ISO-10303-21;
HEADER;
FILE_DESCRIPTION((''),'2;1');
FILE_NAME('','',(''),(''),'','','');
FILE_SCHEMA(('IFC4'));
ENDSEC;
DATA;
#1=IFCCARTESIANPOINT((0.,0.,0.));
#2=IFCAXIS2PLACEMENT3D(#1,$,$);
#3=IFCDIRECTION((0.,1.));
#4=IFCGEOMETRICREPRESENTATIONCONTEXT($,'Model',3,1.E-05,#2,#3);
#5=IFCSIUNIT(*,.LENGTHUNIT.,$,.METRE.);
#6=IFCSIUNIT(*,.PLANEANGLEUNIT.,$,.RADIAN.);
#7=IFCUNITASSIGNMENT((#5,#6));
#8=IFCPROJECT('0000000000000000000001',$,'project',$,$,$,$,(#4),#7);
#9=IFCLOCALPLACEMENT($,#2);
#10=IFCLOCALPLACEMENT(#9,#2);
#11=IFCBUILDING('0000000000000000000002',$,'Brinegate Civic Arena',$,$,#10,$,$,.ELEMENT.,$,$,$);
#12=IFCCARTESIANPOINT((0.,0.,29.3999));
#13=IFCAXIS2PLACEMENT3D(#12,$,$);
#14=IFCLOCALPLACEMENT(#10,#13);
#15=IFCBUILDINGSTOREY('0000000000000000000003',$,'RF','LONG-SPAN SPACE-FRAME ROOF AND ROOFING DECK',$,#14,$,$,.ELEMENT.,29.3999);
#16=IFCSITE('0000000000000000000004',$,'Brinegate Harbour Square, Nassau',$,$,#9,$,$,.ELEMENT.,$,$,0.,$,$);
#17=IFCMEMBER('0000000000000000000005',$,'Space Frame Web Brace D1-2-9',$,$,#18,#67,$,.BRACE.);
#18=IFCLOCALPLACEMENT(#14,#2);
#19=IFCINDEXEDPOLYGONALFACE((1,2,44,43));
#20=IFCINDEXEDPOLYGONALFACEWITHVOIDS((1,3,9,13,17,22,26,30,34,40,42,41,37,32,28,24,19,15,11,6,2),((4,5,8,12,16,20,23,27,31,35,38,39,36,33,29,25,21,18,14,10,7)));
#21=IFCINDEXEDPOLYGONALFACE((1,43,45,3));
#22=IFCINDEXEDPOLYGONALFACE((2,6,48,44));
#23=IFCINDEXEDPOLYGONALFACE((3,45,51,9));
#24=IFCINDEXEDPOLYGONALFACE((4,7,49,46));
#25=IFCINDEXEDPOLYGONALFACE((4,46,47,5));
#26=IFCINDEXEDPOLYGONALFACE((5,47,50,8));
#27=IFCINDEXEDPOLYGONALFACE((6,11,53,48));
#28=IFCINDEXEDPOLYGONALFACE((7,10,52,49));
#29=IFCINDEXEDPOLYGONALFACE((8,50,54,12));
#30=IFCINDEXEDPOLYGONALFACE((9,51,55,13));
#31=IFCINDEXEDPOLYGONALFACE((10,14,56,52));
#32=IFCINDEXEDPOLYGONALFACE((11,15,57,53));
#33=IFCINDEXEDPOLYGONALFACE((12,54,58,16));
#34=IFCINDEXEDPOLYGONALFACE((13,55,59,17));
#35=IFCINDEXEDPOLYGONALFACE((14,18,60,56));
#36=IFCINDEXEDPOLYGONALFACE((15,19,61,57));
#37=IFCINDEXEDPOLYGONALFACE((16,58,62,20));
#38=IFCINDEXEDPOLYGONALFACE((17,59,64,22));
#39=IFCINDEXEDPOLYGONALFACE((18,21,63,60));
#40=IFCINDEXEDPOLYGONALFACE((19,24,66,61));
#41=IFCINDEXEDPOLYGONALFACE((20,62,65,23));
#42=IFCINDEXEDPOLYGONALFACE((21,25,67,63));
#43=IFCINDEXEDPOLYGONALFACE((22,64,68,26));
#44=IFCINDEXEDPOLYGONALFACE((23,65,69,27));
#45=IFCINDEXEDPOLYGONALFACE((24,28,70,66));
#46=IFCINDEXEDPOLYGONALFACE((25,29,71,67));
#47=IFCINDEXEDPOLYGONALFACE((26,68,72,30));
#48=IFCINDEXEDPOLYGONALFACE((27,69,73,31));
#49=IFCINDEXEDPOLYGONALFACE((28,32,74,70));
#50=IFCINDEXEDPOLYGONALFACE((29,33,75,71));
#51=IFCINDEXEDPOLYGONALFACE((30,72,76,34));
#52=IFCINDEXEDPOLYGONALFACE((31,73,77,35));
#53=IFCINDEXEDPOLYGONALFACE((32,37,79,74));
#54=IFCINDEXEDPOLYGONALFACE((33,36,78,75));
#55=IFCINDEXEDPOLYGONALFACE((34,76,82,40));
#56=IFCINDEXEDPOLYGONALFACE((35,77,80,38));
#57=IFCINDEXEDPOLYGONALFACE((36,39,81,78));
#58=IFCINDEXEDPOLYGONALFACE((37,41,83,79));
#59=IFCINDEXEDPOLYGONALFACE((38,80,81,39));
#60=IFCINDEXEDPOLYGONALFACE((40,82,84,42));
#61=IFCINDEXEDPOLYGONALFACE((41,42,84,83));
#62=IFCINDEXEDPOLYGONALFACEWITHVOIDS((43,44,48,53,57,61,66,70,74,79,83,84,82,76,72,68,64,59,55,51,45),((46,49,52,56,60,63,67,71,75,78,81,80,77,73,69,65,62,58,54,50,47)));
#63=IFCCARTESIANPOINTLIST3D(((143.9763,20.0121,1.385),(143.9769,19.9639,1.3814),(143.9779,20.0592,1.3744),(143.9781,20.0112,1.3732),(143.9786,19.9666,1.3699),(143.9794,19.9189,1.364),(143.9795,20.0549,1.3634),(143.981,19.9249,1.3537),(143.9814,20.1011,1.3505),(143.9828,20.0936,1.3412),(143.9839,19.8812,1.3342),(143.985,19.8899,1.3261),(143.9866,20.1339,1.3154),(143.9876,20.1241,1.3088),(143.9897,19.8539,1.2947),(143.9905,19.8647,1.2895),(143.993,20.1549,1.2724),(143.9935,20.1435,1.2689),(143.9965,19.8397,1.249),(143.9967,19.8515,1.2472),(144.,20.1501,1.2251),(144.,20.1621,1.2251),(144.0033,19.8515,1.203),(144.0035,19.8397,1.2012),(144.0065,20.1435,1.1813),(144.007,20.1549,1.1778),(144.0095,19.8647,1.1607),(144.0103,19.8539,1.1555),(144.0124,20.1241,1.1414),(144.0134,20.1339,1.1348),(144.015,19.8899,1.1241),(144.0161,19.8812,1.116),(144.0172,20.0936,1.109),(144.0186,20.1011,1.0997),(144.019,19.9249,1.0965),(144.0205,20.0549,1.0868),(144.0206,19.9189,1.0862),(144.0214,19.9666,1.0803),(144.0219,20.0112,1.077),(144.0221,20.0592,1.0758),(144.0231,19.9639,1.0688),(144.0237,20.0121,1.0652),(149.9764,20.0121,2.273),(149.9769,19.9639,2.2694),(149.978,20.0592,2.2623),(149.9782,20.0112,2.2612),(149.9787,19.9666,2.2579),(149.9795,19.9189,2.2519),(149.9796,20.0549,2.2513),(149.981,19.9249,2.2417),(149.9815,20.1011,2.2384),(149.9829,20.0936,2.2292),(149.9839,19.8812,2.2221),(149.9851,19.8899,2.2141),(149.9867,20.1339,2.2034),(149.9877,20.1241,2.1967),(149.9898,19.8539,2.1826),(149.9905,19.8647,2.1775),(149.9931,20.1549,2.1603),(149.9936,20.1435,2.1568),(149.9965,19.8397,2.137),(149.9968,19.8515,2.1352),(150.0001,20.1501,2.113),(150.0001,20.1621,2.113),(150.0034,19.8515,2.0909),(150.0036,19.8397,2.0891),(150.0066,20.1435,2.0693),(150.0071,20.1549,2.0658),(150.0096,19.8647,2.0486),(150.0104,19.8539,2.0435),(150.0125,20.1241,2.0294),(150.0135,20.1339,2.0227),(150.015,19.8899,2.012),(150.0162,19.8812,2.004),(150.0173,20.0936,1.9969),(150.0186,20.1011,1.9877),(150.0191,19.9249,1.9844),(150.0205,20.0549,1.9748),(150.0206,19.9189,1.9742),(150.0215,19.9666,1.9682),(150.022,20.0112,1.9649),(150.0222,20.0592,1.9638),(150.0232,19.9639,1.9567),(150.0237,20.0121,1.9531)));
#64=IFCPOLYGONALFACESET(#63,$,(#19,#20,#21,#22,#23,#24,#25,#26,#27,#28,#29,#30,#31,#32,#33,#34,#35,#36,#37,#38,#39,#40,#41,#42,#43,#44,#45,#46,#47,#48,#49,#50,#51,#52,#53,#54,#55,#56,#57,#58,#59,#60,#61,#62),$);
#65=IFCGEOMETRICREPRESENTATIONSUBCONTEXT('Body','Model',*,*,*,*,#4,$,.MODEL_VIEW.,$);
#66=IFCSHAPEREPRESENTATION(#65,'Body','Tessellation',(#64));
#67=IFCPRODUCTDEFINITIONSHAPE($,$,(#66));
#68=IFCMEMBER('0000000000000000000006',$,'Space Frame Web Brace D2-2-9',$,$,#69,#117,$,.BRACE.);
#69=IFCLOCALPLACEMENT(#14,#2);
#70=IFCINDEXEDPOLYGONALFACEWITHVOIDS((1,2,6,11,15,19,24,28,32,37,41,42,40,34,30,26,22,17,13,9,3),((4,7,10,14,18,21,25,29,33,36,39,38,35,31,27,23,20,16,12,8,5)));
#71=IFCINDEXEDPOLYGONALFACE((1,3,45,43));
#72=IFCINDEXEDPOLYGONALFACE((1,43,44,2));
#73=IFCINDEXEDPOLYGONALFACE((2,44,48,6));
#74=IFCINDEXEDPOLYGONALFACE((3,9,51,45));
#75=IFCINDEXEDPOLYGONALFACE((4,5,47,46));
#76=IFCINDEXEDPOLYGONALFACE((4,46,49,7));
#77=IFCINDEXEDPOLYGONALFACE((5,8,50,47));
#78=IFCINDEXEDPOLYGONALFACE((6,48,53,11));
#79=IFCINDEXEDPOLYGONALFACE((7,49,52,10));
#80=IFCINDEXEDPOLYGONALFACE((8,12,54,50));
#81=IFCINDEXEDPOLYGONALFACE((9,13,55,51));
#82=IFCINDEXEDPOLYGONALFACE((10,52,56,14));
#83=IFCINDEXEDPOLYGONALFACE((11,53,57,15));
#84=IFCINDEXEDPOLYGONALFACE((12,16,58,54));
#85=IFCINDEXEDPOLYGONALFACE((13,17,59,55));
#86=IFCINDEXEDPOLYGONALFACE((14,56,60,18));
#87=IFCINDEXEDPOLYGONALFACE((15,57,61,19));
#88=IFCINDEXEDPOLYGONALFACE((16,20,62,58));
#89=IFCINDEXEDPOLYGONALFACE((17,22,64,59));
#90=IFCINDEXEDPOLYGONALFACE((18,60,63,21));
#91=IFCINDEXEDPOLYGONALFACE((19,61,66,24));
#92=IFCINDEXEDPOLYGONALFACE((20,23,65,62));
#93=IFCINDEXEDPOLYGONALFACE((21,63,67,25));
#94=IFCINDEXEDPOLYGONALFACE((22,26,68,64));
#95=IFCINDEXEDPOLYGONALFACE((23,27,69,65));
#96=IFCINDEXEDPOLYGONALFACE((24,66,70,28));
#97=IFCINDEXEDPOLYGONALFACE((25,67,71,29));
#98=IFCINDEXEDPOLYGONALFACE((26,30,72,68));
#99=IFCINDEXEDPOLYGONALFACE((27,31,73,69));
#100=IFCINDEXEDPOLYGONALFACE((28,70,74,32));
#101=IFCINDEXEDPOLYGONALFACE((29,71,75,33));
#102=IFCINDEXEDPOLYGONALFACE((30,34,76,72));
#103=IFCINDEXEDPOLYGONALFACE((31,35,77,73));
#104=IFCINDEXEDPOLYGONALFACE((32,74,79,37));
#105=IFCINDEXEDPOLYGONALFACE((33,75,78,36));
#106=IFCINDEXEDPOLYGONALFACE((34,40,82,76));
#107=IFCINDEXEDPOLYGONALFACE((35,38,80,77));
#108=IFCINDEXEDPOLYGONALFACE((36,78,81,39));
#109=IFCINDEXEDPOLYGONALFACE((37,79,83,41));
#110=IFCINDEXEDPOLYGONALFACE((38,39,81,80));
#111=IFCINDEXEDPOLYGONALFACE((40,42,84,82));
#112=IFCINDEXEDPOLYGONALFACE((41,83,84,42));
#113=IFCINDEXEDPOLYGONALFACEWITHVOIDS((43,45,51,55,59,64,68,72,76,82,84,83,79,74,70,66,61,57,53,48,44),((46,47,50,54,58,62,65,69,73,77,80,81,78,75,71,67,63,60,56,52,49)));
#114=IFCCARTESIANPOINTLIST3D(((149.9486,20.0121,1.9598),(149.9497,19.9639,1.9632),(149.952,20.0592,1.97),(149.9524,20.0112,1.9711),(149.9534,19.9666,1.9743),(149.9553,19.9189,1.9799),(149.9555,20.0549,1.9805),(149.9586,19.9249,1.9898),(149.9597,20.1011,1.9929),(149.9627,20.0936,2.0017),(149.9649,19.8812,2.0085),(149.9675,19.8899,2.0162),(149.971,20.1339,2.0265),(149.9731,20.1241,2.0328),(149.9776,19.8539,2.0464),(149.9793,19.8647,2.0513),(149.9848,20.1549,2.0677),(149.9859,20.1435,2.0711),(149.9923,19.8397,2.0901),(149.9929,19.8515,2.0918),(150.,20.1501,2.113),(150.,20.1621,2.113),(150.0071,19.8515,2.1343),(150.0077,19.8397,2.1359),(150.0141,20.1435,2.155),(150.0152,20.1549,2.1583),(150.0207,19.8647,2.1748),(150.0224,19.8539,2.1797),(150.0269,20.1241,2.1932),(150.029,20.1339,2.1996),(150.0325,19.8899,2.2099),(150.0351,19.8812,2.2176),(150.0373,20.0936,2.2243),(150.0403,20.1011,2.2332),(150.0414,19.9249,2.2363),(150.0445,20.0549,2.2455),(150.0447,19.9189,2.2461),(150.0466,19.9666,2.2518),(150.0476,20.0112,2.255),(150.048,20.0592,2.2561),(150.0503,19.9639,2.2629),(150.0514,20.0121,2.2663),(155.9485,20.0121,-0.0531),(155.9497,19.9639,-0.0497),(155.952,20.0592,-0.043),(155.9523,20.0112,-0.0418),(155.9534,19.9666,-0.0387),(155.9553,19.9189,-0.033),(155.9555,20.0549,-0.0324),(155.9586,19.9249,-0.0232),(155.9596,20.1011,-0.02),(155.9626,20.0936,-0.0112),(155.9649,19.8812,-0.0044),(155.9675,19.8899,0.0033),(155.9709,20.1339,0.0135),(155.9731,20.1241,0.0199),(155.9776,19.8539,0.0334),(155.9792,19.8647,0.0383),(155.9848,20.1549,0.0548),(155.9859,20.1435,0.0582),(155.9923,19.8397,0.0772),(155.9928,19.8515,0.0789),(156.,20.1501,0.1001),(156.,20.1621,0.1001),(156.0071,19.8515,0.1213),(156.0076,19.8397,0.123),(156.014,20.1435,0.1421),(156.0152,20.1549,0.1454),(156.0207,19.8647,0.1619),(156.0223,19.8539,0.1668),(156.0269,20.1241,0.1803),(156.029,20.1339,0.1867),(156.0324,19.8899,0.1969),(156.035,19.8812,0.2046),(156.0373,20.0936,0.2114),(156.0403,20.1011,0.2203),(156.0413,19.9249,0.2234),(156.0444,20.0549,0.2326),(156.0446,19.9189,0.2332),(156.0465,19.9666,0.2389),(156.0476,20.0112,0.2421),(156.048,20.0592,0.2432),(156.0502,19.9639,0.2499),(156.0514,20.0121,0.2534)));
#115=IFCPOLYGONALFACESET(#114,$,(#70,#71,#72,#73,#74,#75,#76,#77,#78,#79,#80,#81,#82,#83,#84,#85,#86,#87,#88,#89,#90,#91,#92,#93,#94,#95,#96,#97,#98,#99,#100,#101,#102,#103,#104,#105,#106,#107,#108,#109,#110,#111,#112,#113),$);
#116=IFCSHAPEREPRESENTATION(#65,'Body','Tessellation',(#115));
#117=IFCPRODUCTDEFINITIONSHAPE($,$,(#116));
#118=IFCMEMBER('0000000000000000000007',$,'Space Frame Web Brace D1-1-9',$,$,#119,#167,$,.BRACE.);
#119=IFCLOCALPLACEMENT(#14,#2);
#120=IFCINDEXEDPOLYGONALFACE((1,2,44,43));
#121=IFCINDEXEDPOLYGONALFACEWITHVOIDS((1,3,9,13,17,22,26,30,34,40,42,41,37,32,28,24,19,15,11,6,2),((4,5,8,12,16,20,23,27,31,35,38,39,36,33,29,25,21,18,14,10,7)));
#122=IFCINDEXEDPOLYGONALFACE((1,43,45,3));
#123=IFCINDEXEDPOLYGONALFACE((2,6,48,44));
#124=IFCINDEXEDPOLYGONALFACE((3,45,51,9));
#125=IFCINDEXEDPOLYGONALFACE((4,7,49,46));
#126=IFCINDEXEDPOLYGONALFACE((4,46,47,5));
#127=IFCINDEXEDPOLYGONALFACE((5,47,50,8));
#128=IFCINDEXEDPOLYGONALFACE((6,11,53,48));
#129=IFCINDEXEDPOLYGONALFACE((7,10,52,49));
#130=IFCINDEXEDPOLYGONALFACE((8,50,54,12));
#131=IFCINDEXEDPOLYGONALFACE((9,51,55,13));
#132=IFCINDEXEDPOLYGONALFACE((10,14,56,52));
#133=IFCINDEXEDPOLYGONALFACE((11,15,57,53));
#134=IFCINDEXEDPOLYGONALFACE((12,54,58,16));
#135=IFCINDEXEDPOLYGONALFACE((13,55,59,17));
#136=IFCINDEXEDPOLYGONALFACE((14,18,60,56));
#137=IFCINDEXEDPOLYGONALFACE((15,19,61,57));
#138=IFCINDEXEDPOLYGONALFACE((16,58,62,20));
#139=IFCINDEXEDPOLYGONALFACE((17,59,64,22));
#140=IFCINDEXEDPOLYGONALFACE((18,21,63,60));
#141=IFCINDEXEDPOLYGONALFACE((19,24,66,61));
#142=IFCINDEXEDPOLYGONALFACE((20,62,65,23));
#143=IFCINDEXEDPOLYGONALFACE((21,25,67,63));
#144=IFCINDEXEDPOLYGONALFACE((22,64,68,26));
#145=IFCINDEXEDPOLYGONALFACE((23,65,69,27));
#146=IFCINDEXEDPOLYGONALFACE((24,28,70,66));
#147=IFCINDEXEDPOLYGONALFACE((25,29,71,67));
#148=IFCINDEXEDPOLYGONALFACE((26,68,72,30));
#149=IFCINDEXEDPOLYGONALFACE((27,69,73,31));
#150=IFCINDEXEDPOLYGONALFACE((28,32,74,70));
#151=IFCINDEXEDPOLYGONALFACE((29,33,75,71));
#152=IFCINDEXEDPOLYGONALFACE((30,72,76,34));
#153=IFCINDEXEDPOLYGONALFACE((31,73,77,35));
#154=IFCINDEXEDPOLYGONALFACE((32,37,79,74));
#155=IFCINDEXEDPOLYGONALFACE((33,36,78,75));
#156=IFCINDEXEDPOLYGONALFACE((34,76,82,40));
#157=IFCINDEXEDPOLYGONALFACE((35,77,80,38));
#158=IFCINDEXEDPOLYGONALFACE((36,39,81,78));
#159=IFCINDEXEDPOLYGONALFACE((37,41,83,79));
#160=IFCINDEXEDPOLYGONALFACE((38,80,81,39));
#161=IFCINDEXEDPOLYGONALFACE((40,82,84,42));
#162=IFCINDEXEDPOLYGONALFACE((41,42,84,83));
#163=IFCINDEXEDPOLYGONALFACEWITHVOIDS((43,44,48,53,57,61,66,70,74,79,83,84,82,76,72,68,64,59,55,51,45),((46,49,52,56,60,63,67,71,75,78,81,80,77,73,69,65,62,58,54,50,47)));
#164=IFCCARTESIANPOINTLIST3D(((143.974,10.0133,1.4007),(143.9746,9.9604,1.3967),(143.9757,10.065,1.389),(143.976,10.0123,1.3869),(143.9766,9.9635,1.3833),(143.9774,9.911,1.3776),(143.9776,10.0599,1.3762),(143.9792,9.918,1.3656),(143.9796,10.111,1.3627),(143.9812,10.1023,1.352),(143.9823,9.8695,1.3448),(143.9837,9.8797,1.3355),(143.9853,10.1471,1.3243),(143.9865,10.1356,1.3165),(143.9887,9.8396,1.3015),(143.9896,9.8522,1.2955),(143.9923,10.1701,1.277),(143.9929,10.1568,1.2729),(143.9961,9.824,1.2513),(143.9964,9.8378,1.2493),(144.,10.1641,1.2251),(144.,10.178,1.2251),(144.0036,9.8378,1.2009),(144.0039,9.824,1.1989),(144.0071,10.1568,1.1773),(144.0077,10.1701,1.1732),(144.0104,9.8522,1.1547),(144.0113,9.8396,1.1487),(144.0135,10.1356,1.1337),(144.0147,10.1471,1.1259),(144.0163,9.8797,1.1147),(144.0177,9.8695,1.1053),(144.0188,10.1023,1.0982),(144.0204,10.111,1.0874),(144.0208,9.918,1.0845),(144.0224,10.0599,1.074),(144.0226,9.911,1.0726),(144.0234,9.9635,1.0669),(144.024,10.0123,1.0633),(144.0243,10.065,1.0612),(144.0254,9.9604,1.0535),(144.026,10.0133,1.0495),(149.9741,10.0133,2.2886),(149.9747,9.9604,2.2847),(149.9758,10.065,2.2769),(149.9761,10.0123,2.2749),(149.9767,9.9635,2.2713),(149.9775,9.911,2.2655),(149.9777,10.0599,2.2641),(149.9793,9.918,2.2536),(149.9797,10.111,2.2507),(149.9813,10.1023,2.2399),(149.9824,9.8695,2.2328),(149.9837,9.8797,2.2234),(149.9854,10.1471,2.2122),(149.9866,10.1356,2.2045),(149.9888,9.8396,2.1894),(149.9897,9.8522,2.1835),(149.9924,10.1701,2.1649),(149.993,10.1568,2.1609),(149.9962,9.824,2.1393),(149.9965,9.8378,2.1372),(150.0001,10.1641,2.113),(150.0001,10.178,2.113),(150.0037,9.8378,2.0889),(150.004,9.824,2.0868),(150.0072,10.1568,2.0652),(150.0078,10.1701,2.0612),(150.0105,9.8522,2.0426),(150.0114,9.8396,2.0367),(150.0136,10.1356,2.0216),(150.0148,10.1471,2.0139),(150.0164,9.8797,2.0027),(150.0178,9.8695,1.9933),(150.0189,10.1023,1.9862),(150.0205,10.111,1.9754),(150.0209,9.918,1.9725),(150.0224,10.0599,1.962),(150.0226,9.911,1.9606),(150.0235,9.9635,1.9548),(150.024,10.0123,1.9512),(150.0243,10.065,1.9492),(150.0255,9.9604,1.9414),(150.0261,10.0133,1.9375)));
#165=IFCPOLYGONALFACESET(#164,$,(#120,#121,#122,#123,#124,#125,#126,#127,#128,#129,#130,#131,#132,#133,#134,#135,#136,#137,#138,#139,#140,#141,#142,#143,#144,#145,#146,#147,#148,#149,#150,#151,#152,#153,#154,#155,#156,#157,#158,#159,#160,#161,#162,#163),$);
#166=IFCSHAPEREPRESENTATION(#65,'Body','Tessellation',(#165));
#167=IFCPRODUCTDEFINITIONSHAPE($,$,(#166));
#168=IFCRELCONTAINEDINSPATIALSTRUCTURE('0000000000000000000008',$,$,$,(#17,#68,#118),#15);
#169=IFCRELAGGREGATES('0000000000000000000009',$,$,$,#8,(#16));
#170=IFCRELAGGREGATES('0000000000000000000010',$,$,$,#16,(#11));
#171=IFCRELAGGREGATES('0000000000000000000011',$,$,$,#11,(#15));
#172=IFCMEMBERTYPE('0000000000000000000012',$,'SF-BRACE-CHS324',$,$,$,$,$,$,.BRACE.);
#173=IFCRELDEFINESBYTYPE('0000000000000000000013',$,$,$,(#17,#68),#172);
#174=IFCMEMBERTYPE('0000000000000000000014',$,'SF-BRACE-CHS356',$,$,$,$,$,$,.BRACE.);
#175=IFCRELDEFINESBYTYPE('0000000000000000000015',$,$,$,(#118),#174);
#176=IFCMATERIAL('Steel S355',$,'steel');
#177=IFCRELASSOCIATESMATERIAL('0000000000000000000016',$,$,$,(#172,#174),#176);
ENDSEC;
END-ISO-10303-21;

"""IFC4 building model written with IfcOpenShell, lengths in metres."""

from ifc_helpers import new_model, si_unit, direction, frame, origin, origin_2d, place, context, subcontext, project, spatial, hollow_circle, extrude, material, material_profile, profile_set, type_object, element, save


model = new_model("IFC4")

# Units and contexts
model_context = context("Model", 3, precision=1e-05, world=origin(), true_north=direction((0.0, 1.0)))
body_context = subcontext(model_context, "Body", "Model", "MODEL_VIEW")
ifc_project = project(units=[si_unit("LENGTHUNIT", "METRE"), si_unit("PLANEANGLEUNIT", "RADIAN")], contexts=[model_context])

# Site, building, storey
site_placement = place(None, origin())
site = spatial("IfcSite", under=ifc_project, at=site_placement, Name="Brinegate Harbour Square, Nassau", CompositionType="ELEMENT", RefElevation=0.0)
building_placement = place(site_placement, origin())
building = spatial("IfcBuilding", under=site, at=building_placement, Name="Brinegate Civic Arena", CompositionType="ELEMENT")
storey_placement = place(building_placement, frame((0.0, 0.0, 29.3999)))
storey = spatial("IfcBuildingStorey", under=building, at=storey_placement, Name="RF", Description="LONG-SPAN SPACE-FRAME ROOF AND ROOFING DECK", CompositionType="ELEMENT", Elevation=29.3999)

# Shared definitions
ifc_material_1 = material(Name="Steel S355", Category="steel")

# Members
ifc_material_profile_1 = material_profile(ifc_material_1, hollow_circle(Radius=0.1621, WallThickness=0.012, at=origin_2d()), Name="CHS324X12")
ifc_profile_set_1 = profile_set([ifc_material_profile_1], Name="Steel S355")
member_type_1 = type_object("IfcMemberType", Name="SF-BRACE-CHS324", PredefinedType="BRACE", material=ifc_profile_set_1)
member_1_placement = place(storey_placement, frame((144.0, 20.0, 1.2251), z_axis=(0.989226, 0.0, 0.146395), x_axis=(0.0, 1.0, 0.0)))
element("IfcMember", 1, at=member_1_placement, inside=storey, type_object=member_type_1, Name="Space Frame Web Brace D1-2-9", PredefinedType="BRACE", context=body_context, shape_type="SweptSolid", body=[
    extrude(hollow_circle(Radius=0.1621, WallThickness=0.012, at=origin_2d()), origin(), (0.0, 0.0, 1.0), 6.0654),
])
member_2_placement = place(storey_placement, frame((150.0, 20.0, 2.113), z_axis=(0.948068, 0.0, -0.318067), x_axis=(0.0, 1.0, 0.0)))
element("IfcMember", 2, at=member_2_placement, inside=storey, type_object=member_type_1, Name="Space Frame Web Brace D2-2-9", PredefinedType="BRACE", context=body_context, shape_type="SweptSolid", body=[
    extrude(hollow_circle(Radius=0.1621, WallThickness=0.012, at=origin_2d()), origin(), (0.0, 0.0, 1.0), 6.3286),
])
ifc_material_profile_2 = material_profile(ifc_material_1, hollow_circle(Radius=0.178, WallThickness=0.0139, at=origin_2d()), Name="CHS356X14")
ifc_profile_set_2 = profile_set([ifc_material_profile_2], Name="Steel S355")
member_type_2 = type_object("IfcMemberType", Name="SF-BRACE-CHS356", PredefinedType="BRACE", material=ifc_profile_set_2)
member_3_placement = place(storey_placement, frame((144.0, 10.0, 1.2251), z_axis=(0.989226, 0.0, 0.146395), x_axis=(0.0, 1.0, 0.0)))
element("IfcMember", 3, at=member_3_placement, inside=storey, type_object=member_type_2, Name="Space Frame Web Brace D1-1-9", PredefinedType="BRACE", context=body_context, shape_type="SweptSolid", body=[
    extrude(hollow_circle(Radius=0.178, WallThickness=0.0139, at=origin_2d()), origin(), (0.0, 0.0, 1.0), 6.0654),
])

save(model, "model.ifc")
